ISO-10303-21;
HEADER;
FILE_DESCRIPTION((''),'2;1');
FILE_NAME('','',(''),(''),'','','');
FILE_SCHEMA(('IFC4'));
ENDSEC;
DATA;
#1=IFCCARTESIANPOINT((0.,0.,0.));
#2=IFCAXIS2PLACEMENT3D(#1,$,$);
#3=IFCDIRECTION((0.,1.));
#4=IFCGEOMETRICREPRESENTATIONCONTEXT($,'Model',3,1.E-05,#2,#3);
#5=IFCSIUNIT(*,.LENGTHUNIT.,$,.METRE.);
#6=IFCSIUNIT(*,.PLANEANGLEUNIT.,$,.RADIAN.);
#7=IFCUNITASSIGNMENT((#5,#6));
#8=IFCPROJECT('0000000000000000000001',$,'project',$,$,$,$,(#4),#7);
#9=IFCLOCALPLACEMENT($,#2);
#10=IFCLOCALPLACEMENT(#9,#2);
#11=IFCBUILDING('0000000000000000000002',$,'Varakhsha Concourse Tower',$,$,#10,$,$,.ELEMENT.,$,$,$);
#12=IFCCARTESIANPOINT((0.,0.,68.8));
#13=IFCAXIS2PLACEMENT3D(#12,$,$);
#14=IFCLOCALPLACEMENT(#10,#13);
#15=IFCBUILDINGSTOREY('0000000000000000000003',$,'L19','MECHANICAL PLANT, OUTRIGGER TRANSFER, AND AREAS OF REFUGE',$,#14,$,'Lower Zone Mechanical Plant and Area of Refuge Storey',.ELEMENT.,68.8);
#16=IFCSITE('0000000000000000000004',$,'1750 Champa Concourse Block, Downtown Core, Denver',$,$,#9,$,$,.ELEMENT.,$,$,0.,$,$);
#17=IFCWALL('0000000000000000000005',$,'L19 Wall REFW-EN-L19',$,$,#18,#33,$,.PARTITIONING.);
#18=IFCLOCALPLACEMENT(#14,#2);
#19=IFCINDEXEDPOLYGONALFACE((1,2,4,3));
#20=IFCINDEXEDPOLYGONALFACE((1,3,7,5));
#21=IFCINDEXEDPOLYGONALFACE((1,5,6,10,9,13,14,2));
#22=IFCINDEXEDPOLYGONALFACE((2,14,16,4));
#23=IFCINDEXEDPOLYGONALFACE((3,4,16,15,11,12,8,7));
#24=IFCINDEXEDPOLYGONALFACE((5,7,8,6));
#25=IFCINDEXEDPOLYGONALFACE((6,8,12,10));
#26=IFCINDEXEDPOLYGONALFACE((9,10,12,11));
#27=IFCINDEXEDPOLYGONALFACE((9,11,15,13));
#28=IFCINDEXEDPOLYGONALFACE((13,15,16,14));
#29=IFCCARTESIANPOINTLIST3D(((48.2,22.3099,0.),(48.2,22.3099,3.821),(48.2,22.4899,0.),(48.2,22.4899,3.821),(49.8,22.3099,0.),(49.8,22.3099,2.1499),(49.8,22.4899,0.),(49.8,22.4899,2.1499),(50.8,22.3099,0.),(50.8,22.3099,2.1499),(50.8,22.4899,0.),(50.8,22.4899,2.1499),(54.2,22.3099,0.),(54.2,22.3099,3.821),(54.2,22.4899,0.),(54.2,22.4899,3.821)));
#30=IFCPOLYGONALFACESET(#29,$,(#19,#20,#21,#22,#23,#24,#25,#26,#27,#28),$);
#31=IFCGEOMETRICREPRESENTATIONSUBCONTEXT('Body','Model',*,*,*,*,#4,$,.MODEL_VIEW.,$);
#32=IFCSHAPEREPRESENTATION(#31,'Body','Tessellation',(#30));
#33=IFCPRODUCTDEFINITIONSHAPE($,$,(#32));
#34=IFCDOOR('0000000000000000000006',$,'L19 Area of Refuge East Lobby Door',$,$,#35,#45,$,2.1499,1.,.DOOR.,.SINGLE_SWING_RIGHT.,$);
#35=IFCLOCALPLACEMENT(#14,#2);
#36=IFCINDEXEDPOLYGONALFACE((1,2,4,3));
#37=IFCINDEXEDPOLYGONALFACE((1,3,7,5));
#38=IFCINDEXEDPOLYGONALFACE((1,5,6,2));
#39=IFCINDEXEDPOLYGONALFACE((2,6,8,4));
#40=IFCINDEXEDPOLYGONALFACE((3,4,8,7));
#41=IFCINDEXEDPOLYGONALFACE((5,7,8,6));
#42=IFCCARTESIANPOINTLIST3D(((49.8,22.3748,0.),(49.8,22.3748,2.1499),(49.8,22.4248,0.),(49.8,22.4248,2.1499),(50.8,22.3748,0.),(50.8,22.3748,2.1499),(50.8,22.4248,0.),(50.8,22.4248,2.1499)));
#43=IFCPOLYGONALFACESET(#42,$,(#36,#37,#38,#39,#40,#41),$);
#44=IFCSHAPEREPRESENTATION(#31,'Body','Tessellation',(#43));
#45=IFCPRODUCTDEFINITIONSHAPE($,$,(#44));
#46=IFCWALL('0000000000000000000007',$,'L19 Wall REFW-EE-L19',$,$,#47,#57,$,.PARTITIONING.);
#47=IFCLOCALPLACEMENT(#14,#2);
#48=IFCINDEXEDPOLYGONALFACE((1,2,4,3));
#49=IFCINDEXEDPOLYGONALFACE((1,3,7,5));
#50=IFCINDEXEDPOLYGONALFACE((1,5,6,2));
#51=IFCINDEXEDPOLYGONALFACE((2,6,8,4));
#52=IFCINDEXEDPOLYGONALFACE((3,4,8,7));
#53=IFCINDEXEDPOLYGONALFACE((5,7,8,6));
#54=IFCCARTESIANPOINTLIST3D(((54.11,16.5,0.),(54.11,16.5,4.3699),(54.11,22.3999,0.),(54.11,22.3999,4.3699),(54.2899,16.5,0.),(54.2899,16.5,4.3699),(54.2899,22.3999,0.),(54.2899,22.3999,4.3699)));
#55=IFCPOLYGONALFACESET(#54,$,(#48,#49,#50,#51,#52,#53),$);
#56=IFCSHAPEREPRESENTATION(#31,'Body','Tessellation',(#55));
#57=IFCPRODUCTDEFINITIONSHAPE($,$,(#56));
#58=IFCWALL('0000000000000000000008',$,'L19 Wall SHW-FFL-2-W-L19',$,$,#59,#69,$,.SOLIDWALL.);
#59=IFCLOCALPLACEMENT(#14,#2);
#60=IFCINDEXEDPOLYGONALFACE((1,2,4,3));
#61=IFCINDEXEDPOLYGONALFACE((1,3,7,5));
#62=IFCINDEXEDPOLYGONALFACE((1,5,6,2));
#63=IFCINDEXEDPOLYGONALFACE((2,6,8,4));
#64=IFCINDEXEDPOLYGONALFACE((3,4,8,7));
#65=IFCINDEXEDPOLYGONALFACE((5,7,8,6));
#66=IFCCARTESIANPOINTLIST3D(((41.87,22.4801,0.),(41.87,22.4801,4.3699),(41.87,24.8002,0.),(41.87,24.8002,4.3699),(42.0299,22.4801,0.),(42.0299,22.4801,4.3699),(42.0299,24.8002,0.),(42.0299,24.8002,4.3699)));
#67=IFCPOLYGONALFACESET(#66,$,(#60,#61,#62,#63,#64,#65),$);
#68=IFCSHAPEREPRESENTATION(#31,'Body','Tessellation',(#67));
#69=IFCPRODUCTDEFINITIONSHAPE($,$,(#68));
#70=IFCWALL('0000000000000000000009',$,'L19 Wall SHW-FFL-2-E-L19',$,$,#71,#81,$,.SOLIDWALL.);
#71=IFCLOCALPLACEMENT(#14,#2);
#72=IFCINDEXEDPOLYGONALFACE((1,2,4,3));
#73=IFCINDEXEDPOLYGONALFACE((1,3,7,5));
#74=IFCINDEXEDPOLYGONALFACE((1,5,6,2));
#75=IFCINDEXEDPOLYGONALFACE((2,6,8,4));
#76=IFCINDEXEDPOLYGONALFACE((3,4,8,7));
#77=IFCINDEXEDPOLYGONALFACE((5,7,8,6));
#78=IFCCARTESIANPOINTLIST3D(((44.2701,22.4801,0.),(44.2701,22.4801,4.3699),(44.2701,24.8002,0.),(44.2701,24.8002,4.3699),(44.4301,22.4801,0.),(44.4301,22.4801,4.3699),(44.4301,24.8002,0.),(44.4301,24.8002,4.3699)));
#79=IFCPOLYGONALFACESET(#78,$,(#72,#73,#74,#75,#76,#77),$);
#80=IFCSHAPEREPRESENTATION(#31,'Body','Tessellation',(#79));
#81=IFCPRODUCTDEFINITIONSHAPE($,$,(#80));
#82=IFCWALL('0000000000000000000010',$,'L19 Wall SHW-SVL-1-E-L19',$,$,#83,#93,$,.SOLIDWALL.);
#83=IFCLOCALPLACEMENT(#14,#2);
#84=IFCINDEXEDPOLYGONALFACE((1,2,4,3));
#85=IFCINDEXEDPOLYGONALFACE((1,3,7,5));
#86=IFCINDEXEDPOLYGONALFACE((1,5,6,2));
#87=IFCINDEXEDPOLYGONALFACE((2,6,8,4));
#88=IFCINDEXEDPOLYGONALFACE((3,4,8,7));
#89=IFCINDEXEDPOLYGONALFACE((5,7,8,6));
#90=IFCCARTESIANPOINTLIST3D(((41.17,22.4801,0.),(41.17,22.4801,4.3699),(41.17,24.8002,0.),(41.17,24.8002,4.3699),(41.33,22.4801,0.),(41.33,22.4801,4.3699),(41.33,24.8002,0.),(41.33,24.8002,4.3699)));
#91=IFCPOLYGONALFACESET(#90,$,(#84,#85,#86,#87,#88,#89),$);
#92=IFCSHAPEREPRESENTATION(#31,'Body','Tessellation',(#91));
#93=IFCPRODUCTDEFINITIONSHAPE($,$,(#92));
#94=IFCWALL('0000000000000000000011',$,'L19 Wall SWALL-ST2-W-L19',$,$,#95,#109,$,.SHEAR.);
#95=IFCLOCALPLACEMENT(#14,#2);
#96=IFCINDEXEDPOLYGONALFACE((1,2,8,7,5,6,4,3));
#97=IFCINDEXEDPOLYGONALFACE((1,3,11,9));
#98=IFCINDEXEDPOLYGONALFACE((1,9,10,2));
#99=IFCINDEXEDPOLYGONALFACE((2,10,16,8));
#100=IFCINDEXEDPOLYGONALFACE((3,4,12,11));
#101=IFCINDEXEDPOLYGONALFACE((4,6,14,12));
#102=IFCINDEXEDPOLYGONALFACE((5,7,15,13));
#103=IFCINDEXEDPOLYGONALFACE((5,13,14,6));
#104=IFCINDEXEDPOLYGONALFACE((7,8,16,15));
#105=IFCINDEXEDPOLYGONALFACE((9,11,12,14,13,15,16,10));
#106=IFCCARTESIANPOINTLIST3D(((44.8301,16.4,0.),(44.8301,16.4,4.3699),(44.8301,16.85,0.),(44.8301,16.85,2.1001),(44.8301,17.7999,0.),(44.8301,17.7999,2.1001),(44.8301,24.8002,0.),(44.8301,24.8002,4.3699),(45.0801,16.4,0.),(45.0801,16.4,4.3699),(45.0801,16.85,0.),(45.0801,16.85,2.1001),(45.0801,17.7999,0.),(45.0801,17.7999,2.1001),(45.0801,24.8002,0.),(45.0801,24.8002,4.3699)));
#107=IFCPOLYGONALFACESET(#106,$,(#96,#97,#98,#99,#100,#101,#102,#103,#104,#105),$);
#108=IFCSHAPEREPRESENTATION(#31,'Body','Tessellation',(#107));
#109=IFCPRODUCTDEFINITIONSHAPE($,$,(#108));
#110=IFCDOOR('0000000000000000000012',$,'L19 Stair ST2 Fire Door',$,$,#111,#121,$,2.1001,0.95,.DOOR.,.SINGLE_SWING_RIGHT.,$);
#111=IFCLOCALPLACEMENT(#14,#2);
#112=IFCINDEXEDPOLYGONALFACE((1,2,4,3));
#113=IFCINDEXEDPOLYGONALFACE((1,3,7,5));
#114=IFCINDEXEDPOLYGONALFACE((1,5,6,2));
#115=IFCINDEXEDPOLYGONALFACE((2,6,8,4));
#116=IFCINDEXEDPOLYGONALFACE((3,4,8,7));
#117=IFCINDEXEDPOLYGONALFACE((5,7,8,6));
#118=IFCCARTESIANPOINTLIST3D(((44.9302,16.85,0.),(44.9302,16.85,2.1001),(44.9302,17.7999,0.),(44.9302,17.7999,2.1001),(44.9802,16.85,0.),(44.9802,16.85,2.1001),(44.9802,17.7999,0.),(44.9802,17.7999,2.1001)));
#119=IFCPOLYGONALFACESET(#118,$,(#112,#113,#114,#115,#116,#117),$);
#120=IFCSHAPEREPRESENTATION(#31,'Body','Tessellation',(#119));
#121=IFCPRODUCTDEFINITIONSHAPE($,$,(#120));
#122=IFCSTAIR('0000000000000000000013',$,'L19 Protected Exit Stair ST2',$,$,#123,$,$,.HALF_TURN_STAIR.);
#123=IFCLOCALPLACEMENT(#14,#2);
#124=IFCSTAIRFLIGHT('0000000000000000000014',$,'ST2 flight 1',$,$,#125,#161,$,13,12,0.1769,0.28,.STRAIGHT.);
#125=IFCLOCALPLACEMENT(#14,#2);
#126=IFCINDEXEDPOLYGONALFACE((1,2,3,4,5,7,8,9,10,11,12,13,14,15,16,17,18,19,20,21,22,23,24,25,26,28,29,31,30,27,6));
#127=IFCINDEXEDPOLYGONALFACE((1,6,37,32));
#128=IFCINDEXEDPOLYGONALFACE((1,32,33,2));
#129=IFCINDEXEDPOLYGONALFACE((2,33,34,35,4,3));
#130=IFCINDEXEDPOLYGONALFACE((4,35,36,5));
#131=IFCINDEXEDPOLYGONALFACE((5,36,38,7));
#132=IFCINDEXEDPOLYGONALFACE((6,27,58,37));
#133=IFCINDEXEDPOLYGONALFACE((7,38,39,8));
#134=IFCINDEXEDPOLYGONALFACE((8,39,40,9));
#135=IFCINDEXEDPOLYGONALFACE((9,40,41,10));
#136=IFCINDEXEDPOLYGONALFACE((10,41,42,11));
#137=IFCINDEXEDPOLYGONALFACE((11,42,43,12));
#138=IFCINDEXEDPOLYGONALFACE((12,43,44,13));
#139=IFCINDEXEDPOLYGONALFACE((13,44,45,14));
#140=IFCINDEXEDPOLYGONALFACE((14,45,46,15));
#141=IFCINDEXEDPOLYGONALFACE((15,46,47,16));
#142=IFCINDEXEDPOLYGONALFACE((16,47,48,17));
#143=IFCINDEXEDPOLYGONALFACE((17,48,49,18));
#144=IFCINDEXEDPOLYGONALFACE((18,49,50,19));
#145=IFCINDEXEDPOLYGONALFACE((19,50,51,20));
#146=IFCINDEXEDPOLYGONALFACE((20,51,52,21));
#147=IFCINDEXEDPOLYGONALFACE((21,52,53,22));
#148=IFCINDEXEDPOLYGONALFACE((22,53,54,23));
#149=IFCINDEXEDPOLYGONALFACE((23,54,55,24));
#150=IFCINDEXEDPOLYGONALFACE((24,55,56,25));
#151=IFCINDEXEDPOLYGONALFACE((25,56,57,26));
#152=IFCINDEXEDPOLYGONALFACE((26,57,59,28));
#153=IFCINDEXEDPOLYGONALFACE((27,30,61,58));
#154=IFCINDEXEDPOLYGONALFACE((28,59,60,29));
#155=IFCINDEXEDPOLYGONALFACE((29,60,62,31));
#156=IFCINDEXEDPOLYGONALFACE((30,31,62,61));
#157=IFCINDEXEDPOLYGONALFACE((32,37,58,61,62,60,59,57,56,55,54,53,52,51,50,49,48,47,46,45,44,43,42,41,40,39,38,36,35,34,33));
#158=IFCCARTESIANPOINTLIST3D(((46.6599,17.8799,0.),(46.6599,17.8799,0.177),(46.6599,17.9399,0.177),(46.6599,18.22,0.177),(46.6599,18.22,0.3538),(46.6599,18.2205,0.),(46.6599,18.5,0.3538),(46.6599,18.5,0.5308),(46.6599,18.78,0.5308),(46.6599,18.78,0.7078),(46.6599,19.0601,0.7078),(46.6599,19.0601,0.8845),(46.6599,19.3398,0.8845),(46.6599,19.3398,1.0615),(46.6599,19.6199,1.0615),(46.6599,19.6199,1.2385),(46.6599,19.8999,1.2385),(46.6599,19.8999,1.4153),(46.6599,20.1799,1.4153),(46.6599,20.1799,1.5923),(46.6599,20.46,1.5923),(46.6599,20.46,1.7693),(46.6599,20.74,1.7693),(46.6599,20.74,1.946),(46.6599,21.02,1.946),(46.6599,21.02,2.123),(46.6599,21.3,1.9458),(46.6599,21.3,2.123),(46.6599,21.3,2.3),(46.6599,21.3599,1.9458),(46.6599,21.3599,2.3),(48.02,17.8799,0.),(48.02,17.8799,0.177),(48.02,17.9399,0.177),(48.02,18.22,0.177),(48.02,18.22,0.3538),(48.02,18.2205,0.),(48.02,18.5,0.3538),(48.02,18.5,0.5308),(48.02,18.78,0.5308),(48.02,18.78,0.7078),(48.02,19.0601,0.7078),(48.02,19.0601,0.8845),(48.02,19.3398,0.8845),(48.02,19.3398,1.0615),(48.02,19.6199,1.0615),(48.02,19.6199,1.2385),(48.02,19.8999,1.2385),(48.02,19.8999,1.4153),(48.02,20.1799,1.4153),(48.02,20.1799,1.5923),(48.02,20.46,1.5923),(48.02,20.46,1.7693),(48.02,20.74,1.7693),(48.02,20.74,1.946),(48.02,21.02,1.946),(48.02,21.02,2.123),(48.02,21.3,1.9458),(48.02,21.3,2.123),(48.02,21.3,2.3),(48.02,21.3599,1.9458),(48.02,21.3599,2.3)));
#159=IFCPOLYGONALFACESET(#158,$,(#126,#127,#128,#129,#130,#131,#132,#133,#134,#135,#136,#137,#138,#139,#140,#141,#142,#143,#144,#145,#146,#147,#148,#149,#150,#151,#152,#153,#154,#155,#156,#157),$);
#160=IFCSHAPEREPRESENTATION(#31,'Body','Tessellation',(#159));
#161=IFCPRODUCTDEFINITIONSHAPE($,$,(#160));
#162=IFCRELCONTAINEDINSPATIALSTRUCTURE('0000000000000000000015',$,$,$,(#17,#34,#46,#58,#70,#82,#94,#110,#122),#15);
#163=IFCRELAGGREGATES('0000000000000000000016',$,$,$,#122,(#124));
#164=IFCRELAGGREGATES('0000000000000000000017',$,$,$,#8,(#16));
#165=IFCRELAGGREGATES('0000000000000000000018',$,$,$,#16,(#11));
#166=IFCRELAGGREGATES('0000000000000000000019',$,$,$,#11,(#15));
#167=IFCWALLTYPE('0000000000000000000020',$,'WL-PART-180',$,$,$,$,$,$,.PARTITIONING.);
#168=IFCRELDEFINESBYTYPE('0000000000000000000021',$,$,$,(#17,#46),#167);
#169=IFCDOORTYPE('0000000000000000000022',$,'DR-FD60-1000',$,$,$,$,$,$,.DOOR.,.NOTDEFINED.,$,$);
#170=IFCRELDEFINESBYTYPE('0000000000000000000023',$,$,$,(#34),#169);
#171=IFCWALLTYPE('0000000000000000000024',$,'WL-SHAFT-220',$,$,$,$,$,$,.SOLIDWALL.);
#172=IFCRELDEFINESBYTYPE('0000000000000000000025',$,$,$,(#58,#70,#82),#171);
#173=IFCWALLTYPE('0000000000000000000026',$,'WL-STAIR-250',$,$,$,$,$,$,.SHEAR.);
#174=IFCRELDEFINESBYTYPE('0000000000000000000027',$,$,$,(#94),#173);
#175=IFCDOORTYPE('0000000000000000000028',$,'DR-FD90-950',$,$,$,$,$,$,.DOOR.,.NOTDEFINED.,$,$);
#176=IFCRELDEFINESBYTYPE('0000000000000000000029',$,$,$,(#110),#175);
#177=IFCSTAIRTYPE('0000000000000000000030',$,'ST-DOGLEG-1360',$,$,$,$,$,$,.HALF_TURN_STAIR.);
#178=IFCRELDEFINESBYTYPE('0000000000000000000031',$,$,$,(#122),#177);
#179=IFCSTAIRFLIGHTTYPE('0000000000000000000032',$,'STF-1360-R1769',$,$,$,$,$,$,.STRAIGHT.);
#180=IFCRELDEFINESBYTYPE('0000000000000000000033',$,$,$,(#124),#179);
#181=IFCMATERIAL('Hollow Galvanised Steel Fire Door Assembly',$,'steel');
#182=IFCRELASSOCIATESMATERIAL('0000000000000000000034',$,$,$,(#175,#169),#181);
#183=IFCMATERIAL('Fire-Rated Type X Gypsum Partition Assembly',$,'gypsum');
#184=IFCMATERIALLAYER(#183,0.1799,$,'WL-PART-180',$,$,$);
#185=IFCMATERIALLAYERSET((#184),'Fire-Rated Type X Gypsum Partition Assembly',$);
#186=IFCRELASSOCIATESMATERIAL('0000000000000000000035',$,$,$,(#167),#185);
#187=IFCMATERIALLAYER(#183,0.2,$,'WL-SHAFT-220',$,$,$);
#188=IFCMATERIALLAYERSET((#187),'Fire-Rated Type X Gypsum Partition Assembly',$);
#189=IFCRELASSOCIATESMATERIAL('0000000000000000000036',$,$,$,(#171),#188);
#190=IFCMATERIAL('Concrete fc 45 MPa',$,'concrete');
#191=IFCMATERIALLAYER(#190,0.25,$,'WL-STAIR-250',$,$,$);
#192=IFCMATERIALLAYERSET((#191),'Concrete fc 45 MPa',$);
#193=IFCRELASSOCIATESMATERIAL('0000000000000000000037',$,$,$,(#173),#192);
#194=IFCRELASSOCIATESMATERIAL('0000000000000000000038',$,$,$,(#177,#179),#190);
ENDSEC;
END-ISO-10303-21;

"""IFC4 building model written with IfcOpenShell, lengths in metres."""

from ifc_helpers import new_model, si_unit, direction, frame, frame_2d, origin, place, context, subcontext, project, spatial, polyline, rectangle, outline, extrude, material, layer, layer_set, type_object, element, fill, aggregate, save


model = new_model("IFC4")

# Units and contexts
model_context = context("Model", 3, precision=1e-05, world=origin(), true_north=direction((0.0, 1.0)))
body_context = subcontext(model_context, "Body", "Model", "MODEL_VIEW")
ifc_project = project(units=[si_unit("LENGTHUNIT", "METRE"), si_unit("PLANEANGLEUNIT", "RADIAN")], contexts=[model_context])

# Site, building, storey
site_placement = place(None, origin())
site = spatial("IfcSite", under=ifc_project, at=site_placement, Name="1750 Champa Concourse Block, Downtown Core, Denver", CompositionType="ELEMENT", RefElevation=0.0)
building_placement = place(site_placement, origin())
building = spatial("IfcBuilding", under=site, at=building_placement, Name="Varakhsha Concourse Tower", CompositionType="ELEMENT")
storey_placement = place(building_placement, frame((0.0, 0.0, 68.8)))
storey = spatial("IfcBuildingStorey", under=building, at=storey_placement, Name="L19", Description="MECHANICAL PLANT, OUTRIGGER TRANSFER, AND AREAS OF REFUGE", LongName="Lower Zone Mechanical Plant and Area of Refuge Storey", CompositionType="ELEMENT", Elevation=68.8)

# Shared definitions
ifc_material_1 = material(Name="Hollow Galvanised Steel Fire Door Assembly", Category="steel")
door_type_1 = type_object("IfcDoorType", Name="DR-FD90-950", OperationType="NOTDEFINED", PredefinedType="DOOR", material=ifc_material_1)

# Shared definitions
ifc_material_2 = material(Name="Fire-Rated Type X Gypsum Partition Assembly", Category="gypsum")
ifc_layer_1 = layer(ifc_material_2, 0.1799, Name="WL-PART-180")
ifc_layer_set_1 = layer_set([ifc_layer_1], Name="Fire-Rated Type X Gypsum Partition Assembly")
wall_type_1 = type_object("IfcWallType", Name="WL-PART-180", PredefinedType="PARTITIONING", material=ifc_layer_set_1)

# Wall, opening, door
wall_1_placement = place(storey_placement, frame((48.2, 22.3999, 0.0), z_axis=(0.0, 0.0, 1.0), x_axis=(1.0, 0.0, 0.0)))
wall_1 = element("IfcWall", 1, at=wall_1_placement, inside=storey, type_object=wall_type_1, Name="L19 Wall REFW-EN-L19", PredefinedType="PARTITIONING", context=body_context, shape_type="SweptSolid", body=[
    extrude(rectangle(XDim=6.0, YDim=0.1799, at=frame_2d((3.0, 0.0))), origin(), (0.0, 0.0, 1.0), 3.821),
])
opening_1_placement = place(wall_1_placement, frame((1.6001, 0.0, 0.0)))
opening_1 = element("IfcOpeningElement", 2, at=opening_1_placement, cuts=wall_1, PredefinedType="OPENING", context=body_context, shape_type="SweptSolid", body=[
    extrude(rectangle(XDim=1.0, YDim=2.1499, at=frame_2d((0.5, 1.075))), frame((0.0, 0.0999, 0.0), z_axis=(0.0, -1.0, 0.0), x_axis=(1.0, 0.0, 0.0)), (0.0, 0.0, 1.0), 0.2),
])
door_type_2 = type_object("IfcDoorType", Name="DR-FD60-1000", OperationType="NOTDEFINED", PredefinedType="DOOR", material=ifc_material_1)
door_1_placement = place(opening_1_placement, origin())
door_1 = element("IfcDoor", 3, at=door_1_placement, inside=storey, type_object=door_type_2, Name="L19 Area of Refuge East Lobby Door", OperationType="SINGLE_SWING_RIGHT", OverallHeight=2.1499, OverallWidth=1.0, PredefinedType="DOOR", context=body_context, shape_type="SweptSolid", body=[
    extrude(rectangle(XDim=1.0, YDim=2.1499, at=frame_2d((0.5, 1.075))), frame((0.0, 0.0249, 0.0), z_axis=(0.0, -1.0, 0.0), x_axis=(1.0, 0.0, 0.0)), (0.0, 0.0, 1.0), 0.05),
])
fill(opening_1, door_1)

# Walls
wall_2_placement = place(storey_placement, frame((54.2, 16.5, 0.0), z_axis=(0.0, 0.0, 1.0), x_axis=(0.0, 1.0, 0.0)))
element("IfcWall", 4, at=wall_2_placement, inside=storey, type_object=wall_type_1, Name="L19 Wall REFW-EE-L19", PredefinedType="PARTITIONING", context=body_context, shape_type="SweptSolid", body=[
    extrude(rectangle(XDim=5.8999, YDim=0.1799, at=frame_2d((2.95, 0.0))), origin(), (0.0, 0.0, 1.0), 4.3699),
])
ifc_layer_2 = layer(ifc_material_2, 0.2, Name="WL-SHAFT-220")
ifc_layer_set_2 = layer_set([ifc_layer_2], Name="Fire-Rated Type X Gypsum Partition Assembly")
wall_type_2 = type_object("IfcWallType", Name="WL-SHAFT-220", PredefinedType="SOLIDWALL", material=ifc_layer_set_2)
for number, where, z_axis, x_axis, name in (
    (5, (41.95, 22.48, 0.0), (0.0, 0.0, 1.0), (0.0, 1.0, 0.0), "L19 Wall SHW-FFL-2-W-L19"),
    (6, (44.3501, 22.48, 0.0), (0.0, 0.0, 1.0), (0.0, 1.0, 0.0), "L19 Wall SHW-FFL-2-E-L19"),
    (7, (41.25, 22.48, 0.0), (0.0, 0.0, 1.0), (0.0, 1.0, 0.0), "L19 Wall SHW-SVL-1-E-L19"),
):
    element("IfcWall", number, at=place(storey_placement, frame(where, z_axis=z_axis, x_axis=x_axis)), inside=storey, type_object=wall_type_2, Name=name, PredefinedType="SOLIDWALL", context=body_context, shape_type="SweptSolid", body=[
        extrude(rectangle(XDim=2.3201, YDim=0.1599, at=frame_2d((1.1602, 0.0))), origin(), (0.0, 0.0, 1.0), 4.3699),
    ])

# Wall, opening, door
ifc_material_3 = material(Name="Concrete fc 45 MPa", Category="concrete")
ifc_layer_3 = layer(ifc_material_3, 0.25, Name="WL-STAIR-250")
ifc_layer_set_3 = layer_set([ifc_layer_3], Name="Concrete fc 45 MPa")
wall_type_3 = type_object("IfcWallType", Name="WL-STAIR-250", PredefinedType="SHEAR", material=ifc_layer_set_3)
wall_3_placement = place(storey_placement, frame((44.9551, 16.3999, 0.0), z_axis=(0.0, 0.0, 1.0), x_axis=(0.0, 1.0, 0.0)))
wall_3 = element("IfcWall", 8, at=wall_3_placement, inside=storey, type_object=wall_type_3, Name="L19 Wall SWALL-ST2-W-L19", PredefinedType="SHEAR", context=body_context, shape_type="SweptSolid", body=[
    extrude(rectangle(XDim=8.4001, YDim=0.25, at=frame_2d((4.2002, 0.0))), origin(), (0.0, 0.0, 1.0), 4.3699),
])
opening_2_placement = place(wall_3_placement, frame((0.45, 0.0, 0.0)))
opening_2 = element("IfcOpeningElement", 9, at=opening_2_placement, cuts=wall_3, PredefinedType="OPENING", context=body_context, shape_type="SweptSolid", body=[
    extrude(rectangle(XDim=0.95, YDim=2.1001, at=frame_2d((0.4751, 1.05))), frame((0.0, 0.135, 0.0), z_axis=(0.0, -1.0, 0.0), x_axis=(1.0, 0.0, 0.0)), (0.0, 0.0, 1.0), 0.27),
])
door_2_placement = place(opening_2_placement, origin())
door_2 = element("IfcDoor", 10, at=door_2_placement, inside=storey, type_object=door_type_1, Name="L19 Stair ST2 Fire Door", OperationType="SINGLE_SWING_RIGHT", OverallHeight=2.1001, OverallWidth=0.95, PredefinedType="DOOR", context=body_context, shape_type="SweptSolid", body=[
    extrude(rectangle(XDim=0.95, YDim=2.1001, at=frame_2d((0.4751, 1.05))), frame((0.0, 0.0249, 0.0), z_axis=(0.0, -1.0, 0.0), x_axis=(1.0, 0.0, 0.0)), (0.0, 0.0, 1.0), 0.05),
])
fill(opening_2, door_2)

# Stair, stair flight
stair_type = type_object("IfcStairType", Name="ST-DOGLEG-1360", PredefinedType="HALF_TURN_STAIR", material=ifc_material_3)
stair_placement = place(storey_placement, origin())
stair = element("IfcStair", 11, at=stair_placement, inside=storey, type_object=stair_type, Name="L19 Protected Exit Stair ST2", PredefinedType="HALF_TURN_STAIR")
stair_flight_type = type_object("IfcStairFlightType", Name="STF-1360-R1769", PredefinedType="STRAIGHT", material=ifc_material_3)
stair_flight_1_placement = place(storey_placement, frame((47.3401, 17.9399, 0.0), z_axis=(0.0, 0.0, 1.0), x_axis=(0.0, 1.0, 0.0)))
stair_flight_1 = element("IfcStairFlight", 12, at=stair_flight_1_placement, type_object=stair_flight_type, Name="ST2 flight 1", NumberOfRisers=13, NumberOfTreads=12, PredefinedType="STRAIGHT", RiserHeight=0.1769, TreadLength=0.28, context=body_context, shape_type="SweptSolid", body=[
    extrude(outline(polyline([(-0.0601, 0.0), (-0.0601, 0.177), (0.0, 0.177), (0.28, 0.177), (0.28, 0.3538), (0.5601, 0.3538), (0.5601, 0.5308), (0.8401, 0.5308), (0.8401, 0.7078), (1.1201, 0.7078), (1.1201, 0.8845), (1.3999, 0.8845), (1.3999, 1.0615), (1.6799, 1.0615), (1.6799, 1.2385), (1.96, 1.2385), (1.96, 1.4153), (2.24, 1.4153), (2.24, 1.5923), (2.52, 1.5923), (2.52, 1.7693), (2.8, 1.7693), (2.8, 1.946), (3.0801, 1.946), (3.0801, 2.123), (3.3601, 2.123), (3.3601, 2.3), (3.4199, 2.3), (3.4199, 1.9458), (3.3601, 1.9458), (0.2805, 0.0), (-0.0601, 0.0)])), frame((0.0, 0.6802, 0.0), z_axis=(0.0, -1.0, 0.0), x_axis=(1.0, 0.0, 0.0)), (0.0, 0.0, 1.0), 1.3601),
])
aggregate(stair, [stair_flight_1])

save(model, "model.ifc")
